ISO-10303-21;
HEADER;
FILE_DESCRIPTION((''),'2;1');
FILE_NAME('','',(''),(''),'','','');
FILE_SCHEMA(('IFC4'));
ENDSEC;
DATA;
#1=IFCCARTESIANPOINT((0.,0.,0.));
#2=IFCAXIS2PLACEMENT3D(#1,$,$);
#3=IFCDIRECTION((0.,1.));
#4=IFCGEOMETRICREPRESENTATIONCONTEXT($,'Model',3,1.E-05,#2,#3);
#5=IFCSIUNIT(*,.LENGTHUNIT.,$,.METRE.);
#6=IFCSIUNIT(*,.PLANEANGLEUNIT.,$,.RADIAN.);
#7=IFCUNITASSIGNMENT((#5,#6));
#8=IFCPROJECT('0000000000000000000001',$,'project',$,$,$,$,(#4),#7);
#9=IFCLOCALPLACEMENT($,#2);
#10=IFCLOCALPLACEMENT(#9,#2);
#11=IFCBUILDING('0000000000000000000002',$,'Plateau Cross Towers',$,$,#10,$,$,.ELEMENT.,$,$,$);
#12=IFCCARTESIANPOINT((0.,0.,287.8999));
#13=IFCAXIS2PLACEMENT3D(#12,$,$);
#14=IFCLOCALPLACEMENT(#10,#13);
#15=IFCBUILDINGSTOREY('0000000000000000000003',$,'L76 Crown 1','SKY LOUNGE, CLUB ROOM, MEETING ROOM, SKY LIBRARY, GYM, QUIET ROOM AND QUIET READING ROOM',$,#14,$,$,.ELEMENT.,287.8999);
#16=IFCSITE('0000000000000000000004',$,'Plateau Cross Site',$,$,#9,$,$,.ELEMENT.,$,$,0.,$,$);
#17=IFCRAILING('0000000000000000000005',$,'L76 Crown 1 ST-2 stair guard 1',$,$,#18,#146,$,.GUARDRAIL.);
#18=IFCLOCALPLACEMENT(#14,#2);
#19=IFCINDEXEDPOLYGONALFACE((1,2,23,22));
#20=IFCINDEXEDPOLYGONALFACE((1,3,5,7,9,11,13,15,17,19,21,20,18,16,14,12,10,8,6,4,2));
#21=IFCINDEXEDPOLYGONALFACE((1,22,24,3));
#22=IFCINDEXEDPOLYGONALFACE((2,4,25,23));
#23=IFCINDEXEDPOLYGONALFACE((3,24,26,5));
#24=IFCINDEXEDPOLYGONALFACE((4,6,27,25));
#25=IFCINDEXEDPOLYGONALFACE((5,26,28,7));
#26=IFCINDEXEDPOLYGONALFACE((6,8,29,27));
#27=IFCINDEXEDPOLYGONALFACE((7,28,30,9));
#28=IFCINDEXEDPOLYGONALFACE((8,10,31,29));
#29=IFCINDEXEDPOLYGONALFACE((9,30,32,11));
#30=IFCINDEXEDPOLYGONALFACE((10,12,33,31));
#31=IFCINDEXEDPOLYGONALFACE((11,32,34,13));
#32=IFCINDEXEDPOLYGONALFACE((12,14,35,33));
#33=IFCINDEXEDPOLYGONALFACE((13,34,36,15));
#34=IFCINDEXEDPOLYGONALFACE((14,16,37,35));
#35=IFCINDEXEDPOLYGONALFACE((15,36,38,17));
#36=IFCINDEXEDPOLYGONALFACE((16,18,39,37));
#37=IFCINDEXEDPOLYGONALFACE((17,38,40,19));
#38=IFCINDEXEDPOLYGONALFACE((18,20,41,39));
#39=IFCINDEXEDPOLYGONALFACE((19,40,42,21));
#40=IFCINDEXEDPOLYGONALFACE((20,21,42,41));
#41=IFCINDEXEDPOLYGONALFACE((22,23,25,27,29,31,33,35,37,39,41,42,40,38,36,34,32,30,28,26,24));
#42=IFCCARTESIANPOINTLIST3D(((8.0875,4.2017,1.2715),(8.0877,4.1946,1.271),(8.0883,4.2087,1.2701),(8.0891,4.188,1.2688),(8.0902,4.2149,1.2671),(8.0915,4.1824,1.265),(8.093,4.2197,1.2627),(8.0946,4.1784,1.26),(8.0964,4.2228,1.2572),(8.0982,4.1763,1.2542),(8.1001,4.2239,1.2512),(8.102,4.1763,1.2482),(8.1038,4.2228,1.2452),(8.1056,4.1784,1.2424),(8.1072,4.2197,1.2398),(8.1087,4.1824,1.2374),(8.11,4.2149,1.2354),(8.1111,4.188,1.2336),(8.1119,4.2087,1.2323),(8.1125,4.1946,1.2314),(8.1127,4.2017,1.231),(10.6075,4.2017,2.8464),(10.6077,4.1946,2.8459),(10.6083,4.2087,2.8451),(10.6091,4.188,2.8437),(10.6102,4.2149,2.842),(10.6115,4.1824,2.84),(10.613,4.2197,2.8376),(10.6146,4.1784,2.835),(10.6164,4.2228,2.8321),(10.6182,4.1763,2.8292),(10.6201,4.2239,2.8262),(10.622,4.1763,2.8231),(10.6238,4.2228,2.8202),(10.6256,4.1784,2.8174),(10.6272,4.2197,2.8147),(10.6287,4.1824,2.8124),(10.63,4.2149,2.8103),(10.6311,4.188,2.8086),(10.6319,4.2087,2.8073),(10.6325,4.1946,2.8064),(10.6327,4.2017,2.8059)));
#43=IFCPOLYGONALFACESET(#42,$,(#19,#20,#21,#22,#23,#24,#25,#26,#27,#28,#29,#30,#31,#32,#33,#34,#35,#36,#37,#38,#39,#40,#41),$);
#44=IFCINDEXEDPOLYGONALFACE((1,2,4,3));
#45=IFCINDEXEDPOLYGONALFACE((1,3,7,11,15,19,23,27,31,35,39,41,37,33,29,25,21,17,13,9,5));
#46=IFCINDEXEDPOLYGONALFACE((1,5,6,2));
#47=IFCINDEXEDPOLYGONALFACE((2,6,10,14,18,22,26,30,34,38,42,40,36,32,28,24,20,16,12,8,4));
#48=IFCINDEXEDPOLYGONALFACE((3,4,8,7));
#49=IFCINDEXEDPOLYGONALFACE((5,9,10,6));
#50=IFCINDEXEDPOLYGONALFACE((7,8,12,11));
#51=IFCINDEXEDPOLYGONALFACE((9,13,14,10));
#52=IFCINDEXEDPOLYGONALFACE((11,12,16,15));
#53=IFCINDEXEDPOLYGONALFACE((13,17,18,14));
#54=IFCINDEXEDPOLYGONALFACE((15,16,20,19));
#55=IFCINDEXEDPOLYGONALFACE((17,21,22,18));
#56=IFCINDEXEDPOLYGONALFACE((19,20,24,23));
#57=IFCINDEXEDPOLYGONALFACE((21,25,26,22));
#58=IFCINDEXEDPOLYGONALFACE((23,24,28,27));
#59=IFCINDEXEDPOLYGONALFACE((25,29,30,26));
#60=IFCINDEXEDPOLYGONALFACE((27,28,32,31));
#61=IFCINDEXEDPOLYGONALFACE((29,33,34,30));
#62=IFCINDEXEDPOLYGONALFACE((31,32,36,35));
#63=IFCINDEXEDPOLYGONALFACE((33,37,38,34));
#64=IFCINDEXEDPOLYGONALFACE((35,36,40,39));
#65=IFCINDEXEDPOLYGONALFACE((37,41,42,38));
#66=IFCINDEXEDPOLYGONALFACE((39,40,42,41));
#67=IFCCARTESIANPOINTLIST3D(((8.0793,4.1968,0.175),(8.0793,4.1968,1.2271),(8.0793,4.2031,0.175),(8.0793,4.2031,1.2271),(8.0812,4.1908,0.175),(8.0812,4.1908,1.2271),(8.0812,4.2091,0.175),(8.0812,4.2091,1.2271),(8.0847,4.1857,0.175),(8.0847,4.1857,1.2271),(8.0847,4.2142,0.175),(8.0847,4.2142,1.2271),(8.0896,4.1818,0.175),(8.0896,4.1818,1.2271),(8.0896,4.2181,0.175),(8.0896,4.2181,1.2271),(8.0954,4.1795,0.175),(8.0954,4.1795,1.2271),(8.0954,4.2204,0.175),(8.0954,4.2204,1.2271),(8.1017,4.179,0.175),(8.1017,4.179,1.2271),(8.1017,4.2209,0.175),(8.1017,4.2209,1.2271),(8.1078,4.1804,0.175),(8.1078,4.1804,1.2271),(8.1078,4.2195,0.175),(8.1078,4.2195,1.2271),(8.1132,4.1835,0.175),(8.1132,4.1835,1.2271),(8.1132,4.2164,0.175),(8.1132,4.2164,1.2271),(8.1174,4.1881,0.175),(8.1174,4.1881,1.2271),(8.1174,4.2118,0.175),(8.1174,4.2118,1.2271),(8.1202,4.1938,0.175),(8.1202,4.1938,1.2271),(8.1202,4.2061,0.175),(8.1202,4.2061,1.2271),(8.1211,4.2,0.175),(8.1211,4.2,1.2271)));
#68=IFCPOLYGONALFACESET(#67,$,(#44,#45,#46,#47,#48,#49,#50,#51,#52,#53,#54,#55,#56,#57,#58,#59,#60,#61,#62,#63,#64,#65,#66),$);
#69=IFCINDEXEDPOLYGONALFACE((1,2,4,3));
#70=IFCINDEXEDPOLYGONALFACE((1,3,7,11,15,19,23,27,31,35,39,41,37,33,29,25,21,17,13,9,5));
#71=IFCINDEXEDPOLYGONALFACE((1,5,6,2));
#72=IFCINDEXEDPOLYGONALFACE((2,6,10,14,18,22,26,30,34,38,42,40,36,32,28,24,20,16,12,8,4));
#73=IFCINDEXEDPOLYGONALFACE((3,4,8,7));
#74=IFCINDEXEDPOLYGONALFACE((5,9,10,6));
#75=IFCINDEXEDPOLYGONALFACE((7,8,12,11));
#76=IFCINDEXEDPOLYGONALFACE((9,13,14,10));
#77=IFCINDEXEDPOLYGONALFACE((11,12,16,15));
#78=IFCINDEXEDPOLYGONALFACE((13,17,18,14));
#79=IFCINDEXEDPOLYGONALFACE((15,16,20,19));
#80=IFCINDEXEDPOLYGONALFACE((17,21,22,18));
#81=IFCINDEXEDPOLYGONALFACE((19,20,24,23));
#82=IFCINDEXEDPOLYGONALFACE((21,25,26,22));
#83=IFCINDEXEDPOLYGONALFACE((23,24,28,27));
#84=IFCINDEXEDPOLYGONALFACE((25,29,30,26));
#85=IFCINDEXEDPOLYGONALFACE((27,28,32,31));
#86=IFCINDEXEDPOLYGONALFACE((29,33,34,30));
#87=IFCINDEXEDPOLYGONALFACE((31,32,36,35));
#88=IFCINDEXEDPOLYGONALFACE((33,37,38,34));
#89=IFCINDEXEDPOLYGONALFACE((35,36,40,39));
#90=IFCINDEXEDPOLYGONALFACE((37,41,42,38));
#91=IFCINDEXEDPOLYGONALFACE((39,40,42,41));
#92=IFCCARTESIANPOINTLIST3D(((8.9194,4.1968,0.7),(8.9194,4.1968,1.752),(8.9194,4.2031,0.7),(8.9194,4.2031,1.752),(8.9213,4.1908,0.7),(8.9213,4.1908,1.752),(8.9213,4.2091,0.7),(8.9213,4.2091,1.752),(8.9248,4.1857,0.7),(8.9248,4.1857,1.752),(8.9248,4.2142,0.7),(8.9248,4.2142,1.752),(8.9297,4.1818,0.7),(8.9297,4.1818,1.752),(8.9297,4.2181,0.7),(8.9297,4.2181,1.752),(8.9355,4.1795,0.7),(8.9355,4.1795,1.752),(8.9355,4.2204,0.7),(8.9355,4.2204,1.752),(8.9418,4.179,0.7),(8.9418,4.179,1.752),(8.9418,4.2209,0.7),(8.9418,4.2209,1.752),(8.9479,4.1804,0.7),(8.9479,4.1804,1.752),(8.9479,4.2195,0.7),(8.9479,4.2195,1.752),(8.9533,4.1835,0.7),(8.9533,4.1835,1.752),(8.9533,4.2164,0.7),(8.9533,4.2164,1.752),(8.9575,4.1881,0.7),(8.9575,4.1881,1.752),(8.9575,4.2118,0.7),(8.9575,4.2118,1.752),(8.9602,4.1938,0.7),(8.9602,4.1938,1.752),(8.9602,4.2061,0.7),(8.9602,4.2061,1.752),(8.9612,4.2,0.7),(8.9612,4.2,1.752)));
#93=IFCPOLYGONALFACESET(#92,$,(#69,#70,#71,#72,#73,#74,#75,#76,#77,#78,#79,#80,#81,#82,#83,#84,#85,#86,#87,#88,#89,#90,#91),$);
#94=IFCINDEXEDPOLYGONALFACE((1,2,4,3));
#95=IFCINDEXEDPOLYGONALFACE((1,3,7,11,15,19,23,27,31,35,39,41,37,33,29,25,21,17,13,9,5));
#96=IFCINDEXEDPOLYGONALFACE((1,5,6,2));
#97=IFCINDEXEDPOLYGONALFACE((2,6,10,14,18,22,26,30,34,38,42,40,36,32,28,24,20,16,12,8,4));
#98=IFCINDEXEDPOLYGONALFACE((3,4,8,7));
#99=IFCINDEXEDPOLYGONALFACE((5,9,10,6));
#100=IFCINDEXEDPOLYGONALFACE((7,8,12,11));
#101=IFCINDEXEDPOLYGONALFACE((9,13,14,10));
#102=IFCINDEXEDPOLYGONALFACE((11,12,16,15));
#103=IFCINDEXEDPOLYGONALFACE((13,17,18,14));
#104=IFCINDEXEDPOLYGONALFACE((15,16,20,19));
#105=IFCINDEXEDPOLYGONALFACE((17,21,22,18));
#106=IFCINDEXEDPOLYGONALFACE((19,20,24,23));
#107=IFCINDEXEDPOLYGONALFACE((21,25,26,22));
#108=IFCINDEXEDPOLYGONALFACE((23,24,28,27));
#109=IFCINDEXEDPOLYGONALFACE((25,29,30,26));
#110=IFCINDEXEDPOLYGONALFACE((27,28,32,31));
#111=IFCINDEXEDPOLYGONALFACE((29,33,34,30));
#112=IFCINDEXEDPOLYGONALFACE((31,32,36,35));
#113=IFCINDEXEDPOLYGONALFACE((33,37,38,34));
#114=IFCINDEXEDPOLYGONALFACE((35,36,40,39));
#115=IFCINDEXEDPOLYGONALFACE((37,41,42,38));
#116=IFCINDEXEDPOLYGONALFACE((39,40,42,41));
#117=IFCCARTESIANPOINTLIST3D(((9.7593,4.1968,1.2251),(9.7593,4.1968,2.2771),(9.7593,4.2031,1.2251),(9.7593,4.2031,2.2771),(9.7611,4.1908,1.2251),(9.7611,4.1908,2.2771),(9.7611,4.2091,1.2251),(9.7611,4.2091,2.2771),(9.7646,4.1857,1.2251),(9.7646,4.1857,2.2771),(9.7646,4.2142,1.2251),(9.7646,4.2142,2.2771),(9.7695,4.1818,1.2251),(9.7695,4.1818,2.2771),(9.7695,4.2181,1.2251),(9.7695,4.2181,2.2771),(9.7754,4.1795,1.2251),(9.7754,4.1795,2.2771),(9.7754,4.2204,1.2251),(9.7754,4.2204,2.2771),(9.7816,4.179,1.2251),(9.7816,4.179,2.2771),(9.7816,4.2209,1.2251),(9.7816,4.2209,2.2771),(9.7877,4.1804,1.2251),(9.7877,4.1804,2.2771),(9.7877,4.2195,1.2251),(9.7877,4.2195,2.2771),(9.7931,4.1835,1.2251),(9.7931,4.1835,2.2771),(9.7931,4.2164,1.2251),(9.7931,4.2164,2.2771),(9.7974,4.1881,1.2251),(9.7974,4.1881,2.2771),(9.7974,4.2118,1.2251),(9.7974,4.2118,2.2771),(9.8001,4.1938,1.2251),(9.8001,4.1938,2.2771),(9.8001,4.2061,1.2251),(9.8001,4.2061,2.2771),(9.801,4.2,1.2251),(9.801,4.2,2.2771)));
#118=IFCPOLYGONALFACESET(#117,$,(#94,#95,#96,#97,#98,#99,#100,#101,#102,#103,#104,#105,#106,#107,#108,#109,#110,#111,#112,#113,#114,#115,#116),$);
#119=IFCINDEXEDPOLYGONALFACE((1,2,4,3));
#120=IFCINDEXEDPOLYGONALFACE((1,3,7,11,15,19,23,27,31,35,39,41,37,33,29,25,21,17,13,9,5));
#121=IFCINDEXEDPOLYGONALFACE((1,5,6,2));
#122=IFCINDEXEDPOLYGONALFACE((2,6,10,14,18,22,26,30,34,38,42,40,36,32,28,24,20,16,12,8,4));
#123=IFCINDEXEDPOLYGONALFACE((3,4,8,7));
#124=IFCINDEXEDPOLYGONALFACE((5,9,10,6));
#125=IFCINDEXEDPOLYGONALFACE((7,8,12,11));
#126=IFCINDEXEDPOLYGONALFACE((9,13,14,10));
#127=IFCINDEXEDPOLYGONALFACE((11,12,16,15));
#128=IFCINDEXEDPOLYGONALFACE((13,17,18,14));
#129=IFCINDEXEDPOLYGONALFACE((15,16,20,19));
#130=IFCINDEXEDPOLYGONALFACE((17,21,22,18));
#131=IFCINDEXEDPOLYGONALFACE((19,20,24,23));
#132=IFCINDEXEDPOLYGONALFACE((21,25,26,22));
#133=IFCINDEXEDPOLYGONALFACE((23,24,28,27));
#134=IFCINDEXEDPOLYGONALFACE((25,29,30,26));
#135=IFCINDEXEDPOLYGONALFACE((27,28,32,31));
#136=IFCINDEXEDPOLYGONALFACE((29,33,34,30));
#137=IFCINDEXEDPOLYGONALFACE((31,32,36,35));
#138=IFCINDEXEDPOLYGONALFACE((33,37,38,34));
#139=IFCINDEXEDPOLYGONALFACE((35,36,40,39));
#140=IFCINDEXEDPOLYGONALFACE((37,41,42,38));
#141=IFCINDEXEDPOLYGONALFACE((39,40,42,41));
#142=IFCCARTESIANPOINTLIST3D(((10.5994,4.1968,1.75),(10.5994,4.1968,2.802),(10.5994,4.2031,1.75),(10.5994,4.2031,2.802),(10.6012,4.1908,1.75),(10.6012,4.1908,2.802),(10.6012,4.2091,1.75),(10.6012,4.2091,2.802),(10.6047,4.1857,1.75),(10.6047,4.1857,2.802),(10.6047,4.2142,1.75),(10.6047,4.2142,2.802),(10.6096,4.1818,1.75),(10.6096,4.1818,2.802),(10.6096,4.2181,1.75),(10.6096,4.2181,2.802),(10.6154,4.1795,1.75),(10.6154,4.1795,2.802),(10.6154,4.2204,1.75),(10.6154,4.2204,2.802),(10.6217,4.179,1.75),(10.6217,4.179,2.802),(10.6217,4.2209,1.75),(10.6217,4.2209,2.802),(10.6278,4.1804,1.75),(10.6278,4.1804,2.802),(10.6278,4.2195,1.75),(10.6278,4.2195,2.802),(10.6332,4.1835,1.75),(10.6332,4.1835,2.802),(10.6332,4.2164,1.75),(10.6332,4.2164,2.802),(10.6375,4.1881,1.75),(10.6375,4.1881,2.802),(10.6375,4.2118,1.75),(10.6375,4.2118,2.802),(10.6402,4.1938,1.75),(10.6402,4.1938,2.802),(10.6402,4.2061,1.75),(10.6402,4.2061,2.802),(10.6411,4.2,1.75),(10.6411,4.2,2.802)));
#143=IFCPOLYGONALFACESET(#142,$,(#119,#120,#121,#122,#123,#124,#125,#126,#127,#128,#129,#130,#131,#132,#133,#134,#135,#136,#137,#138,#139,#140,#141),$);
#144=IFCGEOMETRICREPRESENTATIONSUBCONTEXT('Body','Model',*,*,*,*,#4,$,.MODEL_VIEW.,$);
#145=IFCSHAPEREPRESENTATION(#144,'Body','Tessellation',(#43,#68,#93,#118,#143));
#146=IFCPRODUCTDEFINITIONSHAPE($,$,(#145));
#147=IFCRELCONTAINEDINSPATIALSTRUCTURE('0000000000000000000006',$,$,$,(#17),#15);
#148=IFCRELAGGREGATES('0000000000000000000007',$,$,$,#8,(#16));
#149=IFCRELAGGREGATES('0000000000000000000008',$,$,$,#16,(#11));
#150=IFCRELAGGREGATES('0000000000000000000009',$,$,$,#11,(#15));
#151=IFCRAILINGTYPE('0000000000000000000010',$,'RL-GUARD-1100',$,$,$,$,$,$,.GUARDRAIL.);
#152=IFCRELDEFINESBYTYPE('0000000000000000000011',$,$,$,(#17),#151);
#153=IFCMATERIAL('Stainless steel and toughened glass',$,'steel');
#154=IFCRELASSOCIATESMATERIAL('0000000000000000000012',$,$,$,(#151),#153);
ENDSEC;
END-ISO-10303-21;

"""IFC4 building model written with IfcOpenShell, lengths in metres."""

from ifc_helpers import new_model, si_unit, direction, frame, origin, origin_2d, place, context, subcontext, project, spatial, circle, extrude, material, type_object, element, save


model = new_model("IFC4")

# Units and contexts
model_context = context("Model", 3, precision=1e-05, world=origin(), true_north=direction((0.0, 1.0)))
body_context = subcontext(model_context, "Body", "Model", "MODEL_VIEW")
ifc_project = project(units=[si_unit("LENGTHUNIT", "METRE"), si_unit("PLANEANGLEUNIT", "RADIAN")], contexts=[model_context])

# Site, building, storey
site_placement = place(None, origin())
site = spatial("IfcSite", under=ifc_project, at=site_placement, Name="Plateau Cross Site", CompositionType="ELEMENT", RefElevation=0.0)
building_placement = place(site_placement, origin())
building = spatial("IfcBuilding", under=site, at=building_placement, Name="Plateau Cross Towers", CompositionType="ELEMENT")
storey_placement = place(building_placement, frame((0.0, 0.0, 287.8999)))
storey = spatial("IfcBuildingStorey", under=building, at=storey_placement, Name="L76 Crown 1", Description="SKY LOUNGE, CLUB ROOM, MEETING ROOM, SKY LIBRARY, GYM, QUIET ROOM AND QUIET READING ROOM", CompositionType="ELEMENT", Elevation=287.8999)

# Railing
ifc_material_1 = material(Name="Stainless steel and toughened glass", Category="steel")
railing_type_1 = type_object("IfcRailingType", Name="RL-GUARD-1100", PredefinedType="GUARDRAIL", material=ifc_material_1)
railing_1_placement = place(storey_placement, frame((8.1001, 4.2, 0.175)))
element("IfcRailing", 1, at=railing_1_placement, inside=storey, type_object=railing_type_1, Name="L76 Crown 1 ST-2 stair guard 1", PredefinedType="GUARDRAIL", context=body_context, shape_type="SweptSolid", body=[
    extrude(circle(Radius=0.0239, at=origin_2d()), frame((0.0, 0.0, 1.0762), z_axis=(0.848008, 0.0, 0.529984), x_axis=(0.0, 1.0, 0.0)), (0.0, 0.0, 1.0), 2.9717),
    extrude(circle(Radius=0.021, at=origin_2d()), origin(), (0.0, 0.0, 1.0), 1.052),
    extrude(circle(Radius=0.021, at=origin_2d()), frame((0.8401, 0.0, 0.5249)), (0.0, 0.0, 1.0), 1.052),
    extrude(circle(Radius=0.021, at=origin_2d()), frame((1.6799, 0.0, 1.05)), (0.0, 0.0, 1.0), 1.052),
    extrude(circle(Radius=0.021, at=origin_2d()), frame((2.52, 0.0, 1.575)), (0.0, 0.0, 1.0), 1.052),
])

save(model, "model.ifc")
